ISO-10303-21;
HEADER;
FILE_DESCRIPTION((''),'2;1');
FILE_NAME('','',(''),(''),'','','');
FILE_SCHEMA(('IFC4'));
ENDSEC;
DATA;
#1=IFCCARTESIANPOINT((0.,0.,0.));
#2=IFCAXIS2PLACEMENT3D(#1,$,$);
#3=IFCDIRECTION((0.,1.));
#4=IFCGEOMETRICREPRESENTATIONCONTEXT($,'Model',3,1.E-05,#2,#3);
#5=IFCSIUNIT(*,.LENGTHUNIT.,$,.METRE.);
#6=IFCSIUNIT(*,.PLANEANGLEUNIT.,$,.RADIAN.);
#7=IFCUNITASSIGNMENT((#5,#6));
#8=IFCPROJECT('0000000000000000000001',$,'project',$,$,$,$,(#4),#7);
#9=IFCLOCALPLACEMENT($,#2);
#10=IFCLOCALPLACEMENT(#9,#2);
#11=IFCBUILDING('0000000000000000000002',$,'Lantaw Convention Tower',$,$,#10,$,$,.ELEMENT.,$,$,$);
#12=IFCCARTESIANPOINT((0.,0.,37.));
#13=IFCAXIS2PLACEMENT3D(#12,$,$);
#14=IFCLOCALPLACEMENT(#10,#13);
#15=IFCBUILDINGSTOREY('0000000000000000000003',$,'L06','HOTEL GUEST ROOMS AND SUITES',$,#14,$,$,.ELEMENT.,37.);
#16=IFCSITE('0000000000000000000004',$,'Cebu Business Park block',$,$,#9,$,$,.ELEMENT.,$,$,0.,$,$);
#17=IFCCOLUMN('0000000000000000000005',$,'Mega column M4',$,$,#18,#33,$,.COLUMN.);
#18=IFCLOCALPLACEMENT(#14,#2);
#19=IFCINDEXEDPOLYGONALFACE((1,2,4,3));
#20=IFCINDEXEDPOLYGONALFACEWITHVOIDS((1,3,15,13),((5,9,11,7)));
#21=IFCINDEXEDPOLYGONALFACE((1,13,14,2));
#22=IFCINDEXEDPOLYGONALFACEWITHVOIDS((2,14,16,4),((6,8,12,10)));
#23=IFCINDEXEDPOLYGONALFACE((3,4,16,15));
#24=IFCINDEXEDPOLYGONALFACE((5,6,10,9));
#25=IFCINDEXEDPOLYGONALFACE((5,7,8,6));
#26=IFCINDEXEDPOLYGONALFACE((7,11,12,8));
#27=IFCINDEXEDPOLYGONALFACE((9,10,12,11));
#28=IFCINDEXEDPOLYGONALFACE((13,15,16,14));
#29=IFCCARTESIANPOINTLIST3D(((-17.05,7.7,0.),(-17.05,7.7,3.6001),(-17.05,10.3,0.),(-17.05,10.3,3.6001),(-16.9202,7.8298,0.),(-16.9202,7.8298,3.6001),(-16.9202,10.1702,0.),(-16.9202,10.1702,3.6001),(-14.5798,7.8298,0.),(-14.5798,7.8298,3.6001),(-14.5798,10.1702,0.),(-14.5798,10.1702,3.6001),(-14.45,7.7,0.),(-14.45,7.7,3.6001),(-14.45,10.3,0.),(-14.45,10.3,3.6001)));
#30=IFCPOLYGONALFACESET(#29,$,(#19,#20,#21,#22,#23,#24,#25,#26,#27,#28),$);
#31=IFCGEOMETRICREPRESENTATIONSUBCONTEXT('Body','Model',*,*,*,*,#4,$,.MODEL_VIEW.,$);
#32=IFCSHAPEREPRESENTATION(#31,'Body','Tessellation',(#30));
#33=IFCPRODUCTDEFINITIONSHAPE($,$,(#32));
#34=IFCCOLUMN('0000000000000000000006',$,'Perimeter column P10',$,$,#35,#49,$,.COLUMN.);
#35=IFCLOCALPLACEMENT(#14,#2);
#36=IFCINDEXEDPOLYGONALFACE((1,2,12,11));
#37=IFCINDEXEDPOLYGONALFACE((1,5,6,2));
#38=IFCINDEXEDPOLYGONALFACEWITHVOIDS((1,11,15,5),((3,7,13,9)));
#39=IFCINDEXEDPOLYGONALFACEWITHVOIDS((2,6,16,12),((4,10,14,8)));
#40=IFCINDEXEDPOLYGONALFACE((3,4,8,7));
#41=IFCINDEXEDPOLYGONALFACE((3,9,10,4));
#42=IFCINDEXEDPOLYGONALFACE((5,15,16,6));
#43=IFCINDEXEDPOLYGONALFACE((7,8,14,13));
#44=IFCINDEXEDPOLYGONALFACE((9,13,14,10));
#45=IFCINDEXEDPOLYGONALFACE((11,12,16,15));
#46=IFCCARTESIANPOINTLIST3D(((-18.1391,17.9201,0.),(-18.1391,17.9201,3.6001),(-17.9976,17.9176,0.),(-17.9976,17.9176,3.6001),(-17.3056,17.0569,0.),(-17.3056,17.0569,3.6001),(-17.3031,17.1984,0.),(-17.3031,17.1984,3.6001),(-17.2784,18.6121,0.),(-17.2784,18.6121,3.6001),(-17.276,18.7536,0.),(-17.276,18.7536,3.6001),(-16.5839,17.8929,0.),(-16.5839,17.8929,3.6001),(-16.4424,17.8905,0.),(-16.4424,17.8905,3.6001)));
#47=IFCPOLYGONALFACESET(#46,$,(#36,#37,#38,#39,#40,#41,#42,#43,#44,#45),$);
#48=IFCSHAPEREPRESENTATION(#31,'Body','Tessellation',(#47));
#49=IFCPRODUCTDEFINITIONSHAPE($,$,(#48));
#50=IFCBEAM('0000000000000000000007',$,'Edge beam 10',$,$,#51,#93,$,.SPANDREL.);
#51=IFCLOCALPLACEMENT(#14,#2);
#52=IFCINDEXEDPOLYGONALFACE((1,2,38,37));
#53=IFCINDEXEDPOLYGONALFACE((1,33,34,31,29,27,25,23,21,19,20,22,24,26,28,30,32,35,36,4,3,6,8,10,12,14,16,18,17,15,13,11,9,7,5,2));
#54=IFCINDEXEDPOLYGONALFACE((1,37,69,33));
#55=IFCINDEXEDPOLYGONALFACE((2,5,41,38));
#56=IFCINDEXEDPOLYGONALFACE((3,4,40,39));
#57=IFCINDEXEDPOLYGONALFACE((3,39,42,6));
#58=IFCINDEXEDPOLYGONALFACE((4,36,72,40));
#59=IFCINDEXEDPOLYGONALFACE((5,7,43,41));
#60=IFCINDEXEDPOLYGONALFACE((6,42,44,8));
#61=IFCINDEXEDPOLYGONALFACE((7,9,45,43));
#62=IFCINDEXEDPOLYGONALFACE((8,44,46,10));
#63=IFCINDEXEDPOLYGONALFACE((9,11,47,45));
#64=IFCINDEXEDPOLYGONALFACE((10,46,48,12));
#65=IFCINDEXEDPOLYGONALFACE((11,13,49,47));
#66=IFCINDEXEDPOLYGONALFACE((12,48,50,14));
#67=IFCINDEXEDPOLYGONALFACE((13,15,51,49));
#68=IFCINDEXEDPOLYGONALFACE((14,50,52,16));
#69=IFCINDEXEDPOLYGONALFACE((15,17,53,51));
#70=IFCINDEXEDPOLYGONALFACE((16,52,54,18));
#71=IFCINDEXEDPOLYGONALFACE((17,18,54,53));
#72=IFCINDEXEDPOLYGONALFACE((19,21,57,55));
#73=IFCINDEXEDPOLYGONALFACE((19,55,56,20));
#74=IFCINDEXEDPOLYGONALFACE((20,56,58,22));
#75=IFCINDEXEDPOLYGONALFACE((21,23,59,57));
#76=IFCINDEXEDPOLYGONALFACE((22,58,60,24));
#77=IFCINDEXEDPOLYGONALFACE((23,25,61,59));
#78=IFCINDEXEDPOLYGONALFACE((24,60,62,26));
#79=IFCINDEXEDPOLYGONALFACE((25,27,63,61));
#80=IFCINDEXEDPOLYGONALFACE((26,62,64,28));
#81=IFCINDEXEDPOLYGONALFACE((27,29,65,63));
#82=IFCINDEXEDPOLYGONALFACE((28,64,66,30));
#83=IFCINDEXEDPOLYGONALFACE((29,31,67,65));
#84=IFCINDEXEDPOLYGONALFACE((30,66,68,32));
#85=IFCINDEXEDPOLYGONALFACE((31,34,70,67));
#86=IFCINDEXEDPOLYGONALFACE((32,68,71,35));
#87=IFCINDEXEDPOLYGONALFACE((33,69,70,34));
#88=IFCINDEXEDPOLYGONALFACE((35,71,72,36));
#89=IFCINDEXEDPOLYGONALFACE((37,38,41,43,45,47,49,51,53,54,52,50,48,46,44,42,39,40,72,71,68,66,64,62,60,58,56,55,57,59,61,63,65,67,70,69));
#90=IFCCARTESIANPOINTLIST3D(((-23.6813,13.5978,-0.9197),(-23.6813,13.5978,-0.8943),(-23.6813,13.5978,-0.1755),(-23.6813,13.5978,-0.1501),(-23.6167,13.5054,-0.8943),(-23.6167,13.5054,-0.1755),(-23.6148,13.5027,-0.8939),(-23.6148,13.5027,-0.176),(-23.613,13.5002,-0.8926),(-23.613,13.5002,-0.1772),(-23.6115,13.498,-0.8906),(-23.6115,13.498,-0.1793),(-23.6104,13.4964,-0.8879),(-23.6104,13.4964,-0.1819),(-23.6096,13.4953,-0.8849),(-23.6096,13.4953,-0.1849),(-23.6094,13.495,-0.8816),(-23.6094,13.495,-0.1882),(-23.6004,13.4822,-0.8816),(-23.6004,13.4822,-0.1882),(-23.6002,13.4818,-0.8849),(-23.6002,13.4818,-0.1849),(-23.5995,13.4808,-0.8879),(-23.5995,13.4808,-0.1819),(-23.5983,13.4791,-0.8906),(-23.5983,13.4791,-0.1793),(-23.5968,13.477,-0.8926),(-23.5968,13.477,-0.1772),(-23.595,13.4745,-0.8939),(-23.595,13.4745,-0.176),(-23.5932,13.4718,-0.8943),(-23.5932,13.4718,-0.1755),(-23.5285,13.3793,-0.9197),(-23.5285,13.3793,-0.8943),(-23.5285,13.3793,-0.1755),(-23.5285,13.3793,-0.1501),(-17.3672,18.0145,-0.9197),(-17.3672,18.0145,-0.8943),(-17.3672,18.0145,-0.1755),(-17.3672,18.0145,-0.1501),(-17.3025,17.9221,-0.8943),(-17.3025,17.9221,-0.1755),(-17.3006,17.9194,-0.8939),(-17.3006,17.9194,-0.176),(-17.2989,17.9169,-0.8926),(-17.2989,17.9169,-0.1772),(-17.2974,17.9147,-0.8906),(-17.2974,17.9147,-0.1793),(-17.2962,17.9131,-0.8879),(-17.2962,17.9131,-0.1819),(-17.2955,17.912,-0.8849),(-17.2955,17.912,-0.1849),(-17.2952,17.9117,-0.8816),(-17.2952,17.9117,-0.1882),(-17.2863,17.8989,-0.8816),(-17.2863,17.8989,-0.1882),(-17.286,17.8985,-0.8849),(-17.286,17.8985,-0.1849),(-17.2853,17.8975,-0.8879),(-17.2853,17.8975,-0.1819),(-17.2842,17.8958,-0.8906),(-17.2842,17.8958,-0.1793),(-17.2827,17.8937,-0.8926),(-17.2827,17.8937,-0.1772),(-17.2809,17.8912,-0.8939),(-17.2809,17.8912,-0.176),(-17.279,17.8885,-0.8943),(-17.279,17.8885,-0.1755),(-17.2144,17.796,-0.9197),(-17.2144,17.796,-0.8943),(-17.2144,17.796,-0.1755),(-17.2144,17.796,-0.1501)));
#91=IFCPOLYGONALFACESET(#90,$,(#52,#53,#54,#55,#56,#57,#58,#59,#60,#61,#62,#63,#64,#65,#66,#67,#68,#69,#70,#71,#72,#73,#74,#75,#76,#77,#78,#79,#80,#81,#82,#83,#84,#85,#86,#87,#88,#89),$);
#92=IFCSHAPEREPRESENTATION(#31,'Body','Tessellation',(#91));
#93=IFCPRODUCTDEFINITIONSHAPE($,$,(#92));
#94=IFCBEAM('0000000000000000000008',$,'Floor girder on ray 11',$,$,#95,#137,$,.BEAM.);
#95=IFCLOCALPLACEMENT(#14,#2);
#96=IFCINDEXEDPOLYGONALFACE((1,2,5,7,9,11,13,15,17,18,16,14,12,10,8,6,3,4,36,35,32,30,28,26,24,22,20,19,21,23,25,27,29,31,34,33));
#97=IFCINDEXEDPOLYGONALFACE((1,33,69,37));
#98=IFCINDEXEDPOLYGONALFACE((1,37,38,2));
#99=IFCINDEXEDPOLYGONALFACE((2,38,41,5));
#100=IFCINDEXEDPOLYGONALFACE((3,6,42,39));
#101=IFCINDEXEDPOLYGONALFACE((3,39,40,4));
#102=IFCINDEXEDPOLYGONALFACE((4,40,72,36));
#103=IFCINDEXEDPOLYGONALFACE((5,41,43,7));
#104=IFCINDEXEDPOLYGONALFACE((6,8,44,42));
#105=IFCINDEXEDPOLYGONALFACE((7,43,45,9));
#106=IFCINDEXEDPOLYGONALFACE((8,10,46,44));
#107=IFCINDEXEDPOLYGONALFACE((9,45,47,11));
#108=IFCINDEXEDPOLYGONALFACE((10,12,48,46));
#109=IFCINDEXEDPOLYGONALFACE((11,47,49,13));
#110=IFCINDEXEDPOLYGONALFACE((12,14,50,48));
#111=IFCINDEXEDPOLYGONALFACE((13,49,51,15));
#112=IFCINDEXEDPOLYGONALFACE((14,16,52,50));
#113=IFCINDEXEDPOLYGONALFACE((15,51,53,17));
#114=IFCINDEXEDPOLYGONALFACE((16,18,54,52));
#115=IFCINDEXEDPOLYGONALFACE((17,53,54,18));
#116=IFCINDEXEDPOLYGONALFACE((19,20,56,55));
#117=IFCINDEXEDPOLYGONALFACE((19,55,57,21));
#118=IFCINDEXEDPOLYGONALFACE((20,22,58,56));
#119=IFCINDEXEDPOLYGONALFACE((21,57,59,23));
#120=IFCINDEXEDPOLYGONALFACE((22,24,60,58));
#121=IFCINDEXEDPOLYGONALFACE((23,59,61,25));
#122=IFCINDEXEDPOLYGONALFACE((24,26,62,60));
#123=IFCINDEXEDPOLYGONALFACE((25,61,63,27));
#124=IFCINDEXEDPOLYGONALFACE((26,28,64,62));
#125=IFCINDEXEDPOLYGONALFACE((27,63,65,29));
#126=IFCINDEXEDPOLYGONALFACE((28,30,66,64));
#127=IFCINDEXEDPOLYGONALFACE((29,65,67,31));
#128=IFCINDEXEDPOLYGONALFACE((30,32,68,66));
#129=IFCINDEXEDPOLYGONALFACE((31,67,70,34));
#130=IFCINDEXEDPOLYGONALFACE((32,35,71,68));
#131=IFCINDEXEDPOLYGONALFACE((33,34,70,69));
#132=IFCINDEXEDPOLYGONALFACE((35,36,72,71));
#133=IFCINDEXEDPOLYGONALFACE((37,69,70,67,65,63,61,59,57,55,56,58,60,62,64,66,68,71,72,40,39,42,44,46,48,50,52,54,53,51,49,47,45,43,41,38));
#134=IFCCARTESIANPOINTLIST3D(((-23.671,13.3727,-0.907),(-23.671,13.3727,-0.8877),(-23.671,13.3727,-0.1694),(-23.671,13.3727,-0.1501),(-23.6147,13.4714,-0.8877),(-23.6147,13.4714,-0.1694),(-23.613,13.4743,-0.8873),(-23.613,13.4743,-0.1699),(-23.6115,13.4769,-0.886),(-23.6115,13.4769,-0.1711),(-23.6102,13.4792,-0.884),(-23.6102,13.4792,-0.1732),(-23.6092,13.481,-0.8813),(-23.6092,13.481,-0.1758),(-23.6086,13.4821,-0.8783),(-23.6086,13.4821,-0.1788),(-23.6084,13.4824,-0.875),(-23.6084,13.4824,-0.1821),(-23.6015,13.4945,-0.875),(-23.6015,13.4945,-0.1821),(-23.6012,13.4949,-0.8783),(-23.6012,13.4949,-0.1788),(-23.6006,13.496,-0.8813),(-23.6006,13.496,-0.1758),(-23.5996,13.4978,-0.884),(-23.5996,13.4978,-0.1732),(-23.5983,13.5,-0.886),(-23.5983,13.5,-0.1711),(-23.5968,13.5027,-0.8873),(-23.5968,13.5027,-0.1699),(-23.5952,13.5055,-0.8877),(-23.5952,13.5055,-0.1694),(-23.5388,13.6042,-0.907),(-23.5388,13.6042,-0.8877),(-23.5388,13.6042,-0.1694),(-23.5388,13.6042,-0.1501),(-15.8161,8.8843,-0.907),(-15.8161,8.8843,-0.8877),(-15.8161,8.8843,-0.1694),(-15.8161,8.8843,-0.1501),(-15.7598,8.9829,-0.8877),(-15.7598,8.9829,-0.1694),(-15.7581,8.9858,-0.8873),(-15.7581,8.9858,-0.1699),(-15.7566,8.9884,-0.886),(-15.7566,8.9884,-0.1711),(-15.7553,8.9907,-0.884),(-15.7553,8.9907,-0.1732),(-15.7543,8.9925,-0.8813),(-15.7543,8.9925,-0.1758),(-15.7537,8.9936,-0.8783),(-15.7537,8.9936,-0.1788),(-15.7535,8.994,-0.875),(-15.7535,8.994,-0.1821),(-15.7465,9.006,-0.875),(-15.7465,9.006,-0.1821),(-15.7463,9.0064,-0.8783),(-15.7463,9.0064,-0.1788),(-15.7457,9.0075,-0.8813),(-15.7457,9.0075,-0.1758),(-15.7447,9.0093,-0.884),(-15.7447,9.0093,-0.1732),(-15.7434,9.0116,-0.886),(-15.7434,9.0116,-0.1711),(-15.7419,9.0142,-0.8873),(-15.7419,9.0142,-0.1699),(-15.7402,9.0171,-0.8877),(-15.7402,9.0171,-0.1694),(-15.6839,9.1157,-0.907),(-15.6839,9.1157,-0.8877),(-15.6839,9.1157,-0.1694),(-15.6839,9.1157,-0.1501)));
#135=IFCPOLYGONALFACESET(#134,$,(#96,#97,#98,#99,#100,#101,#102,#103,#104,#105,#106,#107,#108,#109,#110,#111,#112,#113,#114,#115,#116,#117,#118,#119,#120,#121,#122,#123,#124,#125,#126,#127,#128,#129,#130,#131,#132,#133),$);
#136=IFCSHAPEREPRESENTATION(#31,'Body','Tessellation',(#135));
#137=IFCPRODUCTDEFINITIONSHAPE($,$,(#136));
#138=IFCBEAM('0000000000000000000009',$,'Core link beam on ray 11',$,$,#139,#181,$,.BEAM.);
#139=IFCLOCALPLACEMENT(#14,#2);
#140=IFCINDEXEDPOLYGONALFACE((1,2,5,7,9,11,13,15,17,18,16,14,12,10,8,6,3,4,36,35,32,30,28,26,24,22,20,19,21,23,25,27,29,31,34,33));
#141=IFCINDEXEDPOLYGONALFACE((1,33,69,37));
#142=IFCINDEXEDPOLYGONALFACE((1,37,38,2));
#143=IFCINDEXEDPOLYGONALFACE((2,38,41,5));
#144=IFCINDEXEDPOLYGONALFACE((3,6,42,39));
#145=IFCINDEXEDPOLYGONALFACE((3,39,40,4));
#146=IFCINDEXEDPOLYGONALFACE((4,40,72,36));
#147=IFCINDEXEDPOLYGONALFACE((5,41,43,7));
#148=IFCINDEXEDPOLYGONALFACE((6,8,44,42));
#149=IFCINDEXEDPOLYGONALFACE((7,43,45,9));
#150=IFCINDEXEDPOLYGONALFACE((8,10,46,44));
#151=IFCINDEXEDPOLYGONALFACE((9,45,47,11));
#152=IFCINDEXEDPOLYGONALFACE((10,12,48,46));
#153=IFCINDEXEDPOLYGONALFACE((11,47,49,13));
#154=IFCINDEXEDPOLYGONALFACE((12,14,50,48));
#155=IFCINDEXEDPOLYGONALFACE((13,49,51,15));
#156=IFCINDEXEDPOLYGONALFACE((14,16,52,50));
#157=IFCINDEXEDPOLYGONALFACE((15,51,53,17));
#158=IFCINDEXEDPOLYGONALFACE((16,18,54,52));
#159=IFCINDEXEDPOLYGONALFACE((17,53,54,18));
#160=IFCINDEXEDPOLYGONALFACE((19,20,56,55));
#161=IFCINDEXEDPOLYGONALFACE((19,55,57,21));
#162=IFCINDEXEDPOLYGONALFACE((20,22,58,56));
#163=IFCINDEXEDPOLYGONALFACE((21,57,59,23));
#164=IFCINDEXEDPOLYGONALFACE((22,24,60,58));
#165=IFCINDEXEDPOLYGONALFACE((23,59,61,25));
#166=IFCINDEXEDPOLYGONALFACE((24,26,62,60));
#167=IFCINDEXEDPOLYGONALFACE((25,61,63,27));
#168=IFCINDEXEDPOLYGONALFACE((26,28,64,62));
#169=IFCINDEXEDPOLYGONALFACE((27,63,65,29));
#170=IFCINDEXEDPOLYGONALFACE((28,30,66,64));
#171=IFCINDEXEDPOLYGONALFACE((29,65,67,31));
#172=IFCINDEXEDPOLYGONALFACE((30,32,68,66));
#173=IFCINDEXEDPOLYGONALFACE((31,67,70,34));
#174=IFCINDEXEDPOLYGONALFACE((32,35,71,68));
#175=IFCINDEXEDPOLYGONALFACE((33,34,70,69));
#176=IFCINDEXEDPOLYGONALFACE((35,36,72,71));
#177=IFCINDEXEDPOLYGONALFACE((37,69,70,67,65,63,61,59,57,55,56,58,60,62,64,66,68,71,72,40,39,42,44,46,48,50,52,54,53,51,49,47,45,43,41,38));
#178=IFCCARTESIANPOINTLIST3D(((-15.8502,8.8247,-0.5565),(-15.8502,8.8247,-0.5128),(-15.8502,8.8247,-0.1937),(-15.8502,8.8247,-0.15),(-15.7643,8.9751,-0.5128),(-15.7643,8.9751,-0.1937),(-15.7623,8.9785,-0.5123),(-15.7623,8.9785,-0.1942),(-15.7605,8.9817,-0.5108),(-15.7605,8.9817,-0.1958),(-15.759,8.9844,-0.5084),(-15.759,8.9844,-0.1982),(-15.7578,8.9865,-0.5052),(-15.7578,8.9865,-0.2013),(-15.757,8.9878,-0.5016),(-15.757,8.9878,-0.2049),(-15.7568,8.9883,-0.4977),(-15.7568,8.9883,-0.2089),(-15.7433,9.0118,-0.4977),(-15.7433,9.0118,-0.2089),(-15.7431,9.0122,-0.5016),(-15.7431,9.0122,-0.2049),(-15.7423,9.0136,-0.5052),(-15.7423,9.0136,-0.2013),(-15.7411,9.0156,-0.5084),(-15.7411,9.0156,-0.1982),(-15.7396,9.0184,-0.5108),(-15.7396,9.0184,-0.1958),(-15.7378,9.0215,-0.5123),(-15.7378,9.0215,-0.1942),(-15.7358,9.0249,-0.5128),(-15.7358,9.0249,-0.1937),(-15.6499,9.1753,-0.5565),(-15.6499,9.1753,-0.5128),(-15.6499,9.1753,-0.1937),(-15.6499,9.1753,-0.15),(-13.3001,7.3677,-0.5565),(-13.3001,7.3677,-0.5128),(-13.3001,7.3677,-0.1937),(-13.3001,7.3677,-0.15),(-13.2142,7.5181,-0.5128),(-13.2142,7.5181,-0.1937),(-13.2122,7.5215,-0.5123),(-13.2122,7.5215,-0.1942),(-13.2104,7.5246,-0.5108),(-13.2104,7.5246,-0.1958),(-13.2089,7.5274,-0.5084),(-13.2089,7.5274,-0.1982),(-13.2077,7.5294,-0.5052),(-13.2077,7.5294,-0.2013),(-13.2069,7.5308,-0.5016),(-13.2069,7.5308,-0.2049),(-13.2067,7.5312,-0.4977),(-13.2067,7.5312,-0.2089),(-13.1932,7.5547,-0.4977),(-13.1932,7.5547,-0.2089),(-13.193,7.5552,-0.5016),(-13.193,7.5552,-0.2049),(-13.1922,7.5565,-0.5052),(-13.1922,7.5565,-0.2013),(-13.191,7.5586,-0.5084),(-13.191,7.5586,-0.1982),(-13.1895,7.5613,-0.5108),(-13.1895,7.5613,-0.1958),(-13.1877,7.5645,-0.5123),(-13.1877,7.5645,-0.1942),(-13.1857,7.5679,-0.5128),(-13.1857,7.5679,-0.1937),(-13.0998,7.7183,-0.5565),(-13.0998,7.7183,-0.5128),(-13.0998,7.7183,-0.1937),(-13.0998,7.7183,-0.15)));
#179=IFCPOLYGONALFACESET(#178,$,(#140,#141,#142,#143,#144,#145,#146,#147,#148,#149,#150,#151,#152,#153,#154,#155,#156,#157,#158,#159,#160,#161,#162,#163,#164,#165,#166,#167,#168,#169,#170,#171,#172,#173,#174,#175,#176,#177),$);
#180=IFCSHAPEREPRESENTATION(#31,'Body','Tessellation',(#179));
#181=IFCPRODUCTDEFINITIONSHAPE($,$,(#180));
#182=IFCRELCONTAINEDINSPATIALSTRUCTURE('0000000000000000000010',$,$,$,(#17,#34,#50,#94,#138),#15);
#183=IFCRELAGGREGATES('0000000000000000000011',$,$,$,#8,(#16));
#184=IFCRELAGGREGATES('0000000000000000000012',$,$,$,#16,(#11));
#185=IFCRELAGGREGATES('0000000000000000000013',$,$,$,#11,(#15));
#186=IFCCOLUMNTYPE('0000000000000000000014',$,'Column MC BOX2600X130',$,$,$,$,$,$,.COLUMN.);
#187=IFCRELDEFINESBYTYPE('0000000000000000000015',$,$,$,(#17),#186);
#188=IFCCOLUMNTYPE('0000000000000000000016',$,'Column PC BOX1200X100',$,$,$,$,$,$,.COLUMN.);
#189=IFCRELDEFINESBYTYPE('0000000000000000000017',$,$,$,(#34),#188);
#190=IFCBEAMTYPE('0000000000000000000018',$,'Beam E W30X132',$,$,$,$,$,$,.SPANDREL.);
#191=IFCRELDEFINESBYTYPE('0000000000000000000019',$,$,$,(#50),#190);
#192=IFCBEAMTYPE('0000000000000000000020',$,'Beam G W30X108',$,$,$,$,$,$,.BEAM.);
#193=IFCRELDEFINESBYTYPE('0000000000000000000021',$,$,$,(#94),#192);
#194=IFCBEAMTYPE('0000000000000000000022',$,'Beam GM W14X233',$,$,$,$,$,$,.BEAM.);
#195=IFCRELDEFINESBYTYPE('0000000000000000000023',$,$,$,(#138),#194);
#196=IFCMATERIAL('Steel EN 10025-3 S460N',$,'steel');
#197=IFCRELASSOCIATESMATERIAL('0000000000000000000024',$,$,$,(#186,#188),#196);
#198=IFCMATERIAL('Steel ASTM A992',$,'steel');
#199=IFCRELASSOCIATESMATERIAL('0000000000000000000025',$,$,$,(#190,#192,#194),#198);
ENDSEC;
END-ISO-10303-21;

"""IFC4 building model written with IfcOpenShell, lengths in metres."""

from ifc_helpers import new_model, si_unit, direction, frame, origin, origin_2d, place, context, subcontext, project, spatial, rectangle, hollow_rectangle, i_section, extrude, material, material_profile, profile_set, type_object, element, save


model = new_model("IFC4")

# Units and contexts
model_context = context("Model", 3, precision=1e-05, world=origin(), true_north=direction((0.0, 1.0)))
body_context = subcontext(model_context, "Body", "Model", "MODEL_VIEW")
ifc_project = project(units=[si_unit("LENGTHUNIT", "METRE"), si_unit("PLANEANGLEUNIT", "RADIAN")], contexts=[model_context])

# Site, building, storey
site_placement = place(None, origin())
site = spatial("IfcSite", under=ifc_project, at=site_placement, Name="Cebu Business Park block", CompositionType="ELEMENT", RefElevation=0.0)
building_placement = place(site_placement, origin())
building = spatial("IfcBuilding", under=site, at=building_placement, Name="Lantaw Convention Tower", CompositionType="ELEMENT")
storey_placement = place(building_placement, frame((0.0, 0.0, 37.0)))
storey = spatial("IfcBuildingStorey", under=building, at=storey_placement, Name="L06", Description="HOTEL GUEST ROOMS AND SUITES", CompositionType="ELEMENT", Elevation=37.0)

# Columns
ifc_material_1 = material(Name="Steel EN 10025-3 S460N", Category="steel")
ifc_material_profile_1 = material_profile(ifc_material_1, hollow_rectangle(XDim=2.6001, YDim=2.6001, WallThickness=0.1299, at=origin_2d()), Name="BOX2600X130")
ifc_material_2 = material(Name="Concrete C60/75", Category="concrete")
ifc_material_profile_2 = material_profile(ifc_material_2, rectangle(XDim=2.3401, YDim=2.3401, at=origin_2d()), Name="Concrete fill of BOX2600X130")
ifc_profile_set_1 = profile_set([ifc_material_profile_1, ifc_material_profile_2], Name="Steel EN 10025-3 S460N")
column_type_1 = type_object("IfcColumnType", Name="Column MC BOX2600X130", PredefinedType="COLUMN", material=ifc_profile_set_1)
column_1_placement = place(storey_placement, frame((-15.75, 9.0, 0.0), z_axis=(0.0, 0.0, 1.0), x_axis=(1.0, 0.0, 0.0)))
element("IfcColumn", 1, at=column_1_placement, inside=storey, type_object=column_type_1, Name="Mega column M4", PredefinedType="COLUMN", context=body_context, shape_type="SweptSolid", body=[
    extrude(hollow_rectangle(XDim=2.6001, YDim=2.6001, WallThickness=0.1299, at=origin_2d()), origin(), (0.0, 0.0, 1.0), 3.6001),
])
ifc_material_profile_3 = material_profile(ifc_material_1, hollow_rectangle(XDim=1.2, YDim=1.2, WallThickness=0.1001, at=origin_2d()), Name="BOX1200X100")
ifc_material_profile_4 = material_profile(ifc_material_2, rectangle(XDim=1.0, YDim=1.0, at=origin_2d()), Name="Concrete fill of BOX1200X100")
ifc_profile_set_2 = profile_set([ifc_material_profile_3, ifc_material_profile_4], Name="Steel EN 10025-3 S460N")
column_type_2 = type_object("IfcColumnType", Name="Column PC BOX1200X100", PredefinedType="COLUMN", material=ifc_profile_set_2)
column_2_placement = place(storey_placement, frame((-17.2908, 17.9053, 0.0), z_axis=(0.0, 0.0, 1.0), x_axis=(0.71934, 0.694658, 0.0)))
element("IfcColumn", 2, at=column_2_placement, inside=storey, type_object=column_type_2, Name="Perimeter column P10", PredefinedType="COLUMN", context=body_context, shape_type="SweptSolid", body=[
    extrude(hollow_rectangle(XDim=1.2, YDim=1.2, WallThickness=0.1001, at=origin_2d()), origin(), (0.0, 0.0, 1.0), 3.6001),
])

# Beams
ifc_material_3 = material(Name="Steel ASTM A992", Category="steel")
ifc_material_profile_5 = material_profile(ifc_material_3, i_section(OverallWidth=0.2666, OverallDepth=0.7695, WebThickness=0.0156, FlangeThickness=0.0254, FilletRadius=0.0127, at=origin_2d()), Name="W30X132")
ifc_profile_set_3 = profile_set([ifc_material_profile_5], Name="Steel ASTM A992")
beam_type_1 = type_object("IfcBeamType", Name="Beam E W30X132", PredefinedType="SPANDREL", material=ifc_profile_set_3)
beam_1_placement = place(storey_placement, frame((-17.2908, 17.9053, -0.5349), z_axis=(-0.819427, -0.573184, 0.0), x_axis=(0.573184, -0.819427, 0.0)))
element("IfcBeam", 3, at=beam_1_placement, inside=storey, type_object=beam_type_1, Name="Edge beam 10", PredefinedType="SPANDREL", context=body_context, shape_type="SweptSolid", body=[
    extrude(i_section(OverallWidth=0.2666, OverallDepth=0.7695, WebThickness=0.0156, FlangeThickness=0.0254, FilletRadius=0.0127, at=origin_2d()), origin(), (0.0, 0.0, 1.0), 7.7056),
])
ifc_material_profile_6 = material_profile(ifc_material_3, i_section(OverallWidth=0.2666, OverallDepth=0.7568, WebThickness=0.0139, FlangeThickness=0.0193, FilletRadius=0.0127, at=origin_2d()), Name="W30X108")
ifc_profile_set_4 = profile_set([ifc_material_profile_6], Name="Steel ASTM A992")
beam_type_2 = type_object("IfcBeamType", Name="Beam G W30X108", PredefinedType="BEAM", material=ifc_profile_set_4)
beam_2_placement = place(storey_placement, frame((-15.75, 9.0, -0.5286), z_axis=(-0.868245, 0.496136, 0.0), x_axis=(-0.496136, -0.868245, 0.0)))
element("IfcBeam", 4, at=beam_2_placement, inside=storey, type_object=beam_type_2, Name="Floor girder on ray 11", PredefinedType="BEAM", context=body_context, shape_type="SweptSolid", body=[
    extrude(i_section(OverallWidth=0.2666, OverallDepth=0.7568, WebThickness=0.0139, FlangeThickness=0.0193, FilletRadius=0.0127, at=origin_2d()), origin(), (0.0, 0.0, 1.0), 9.0469),
])
ifc_material_profile_7 = material_profile(ifc_material_3, i_section(OverallWidth=0.4038, OverallDepth=0.4065, WebThickness=0.0271, FlangeThickness=0.0437, FilletRadius=0.0151, at=origin_2d()), Name="W14X233")
ifc_profile_set_5 = profile_set([ifc_material_profile_7], Name="Steel ASTM A992")
beam_type_3 = type_object("IfcBeamType", Name="Beam GM W14X233", PredefinedType="BEAM", material=ifc_profile_set_5)
beam_3_placement = place(storey_placement, frame((-13.2, 7.543, -0.3533), z_axis=(-0.868264, 0.496103, 0.0), x_axis=(-0.496103, -0.868264, 0.0)))
element("IfcBeam", 5, at=beam_3_placement, inside=storey, type_object=beam_type_3, Name="Core link beam on ray 11", PredefinedType="BEAM", context=body_context, shape_type="SweptSolid", body=[
    extrude(i_section(OverallWidth=0.4038, OverallDepth=0.4065, WebThickness=0.0271, FlangeThickness=0.0437, FilletRadius=0.0151, at=origin_2d()), origin(), (0.0, 0.0, 1.0), 2.937),
])

save(model, "model.ifc")
